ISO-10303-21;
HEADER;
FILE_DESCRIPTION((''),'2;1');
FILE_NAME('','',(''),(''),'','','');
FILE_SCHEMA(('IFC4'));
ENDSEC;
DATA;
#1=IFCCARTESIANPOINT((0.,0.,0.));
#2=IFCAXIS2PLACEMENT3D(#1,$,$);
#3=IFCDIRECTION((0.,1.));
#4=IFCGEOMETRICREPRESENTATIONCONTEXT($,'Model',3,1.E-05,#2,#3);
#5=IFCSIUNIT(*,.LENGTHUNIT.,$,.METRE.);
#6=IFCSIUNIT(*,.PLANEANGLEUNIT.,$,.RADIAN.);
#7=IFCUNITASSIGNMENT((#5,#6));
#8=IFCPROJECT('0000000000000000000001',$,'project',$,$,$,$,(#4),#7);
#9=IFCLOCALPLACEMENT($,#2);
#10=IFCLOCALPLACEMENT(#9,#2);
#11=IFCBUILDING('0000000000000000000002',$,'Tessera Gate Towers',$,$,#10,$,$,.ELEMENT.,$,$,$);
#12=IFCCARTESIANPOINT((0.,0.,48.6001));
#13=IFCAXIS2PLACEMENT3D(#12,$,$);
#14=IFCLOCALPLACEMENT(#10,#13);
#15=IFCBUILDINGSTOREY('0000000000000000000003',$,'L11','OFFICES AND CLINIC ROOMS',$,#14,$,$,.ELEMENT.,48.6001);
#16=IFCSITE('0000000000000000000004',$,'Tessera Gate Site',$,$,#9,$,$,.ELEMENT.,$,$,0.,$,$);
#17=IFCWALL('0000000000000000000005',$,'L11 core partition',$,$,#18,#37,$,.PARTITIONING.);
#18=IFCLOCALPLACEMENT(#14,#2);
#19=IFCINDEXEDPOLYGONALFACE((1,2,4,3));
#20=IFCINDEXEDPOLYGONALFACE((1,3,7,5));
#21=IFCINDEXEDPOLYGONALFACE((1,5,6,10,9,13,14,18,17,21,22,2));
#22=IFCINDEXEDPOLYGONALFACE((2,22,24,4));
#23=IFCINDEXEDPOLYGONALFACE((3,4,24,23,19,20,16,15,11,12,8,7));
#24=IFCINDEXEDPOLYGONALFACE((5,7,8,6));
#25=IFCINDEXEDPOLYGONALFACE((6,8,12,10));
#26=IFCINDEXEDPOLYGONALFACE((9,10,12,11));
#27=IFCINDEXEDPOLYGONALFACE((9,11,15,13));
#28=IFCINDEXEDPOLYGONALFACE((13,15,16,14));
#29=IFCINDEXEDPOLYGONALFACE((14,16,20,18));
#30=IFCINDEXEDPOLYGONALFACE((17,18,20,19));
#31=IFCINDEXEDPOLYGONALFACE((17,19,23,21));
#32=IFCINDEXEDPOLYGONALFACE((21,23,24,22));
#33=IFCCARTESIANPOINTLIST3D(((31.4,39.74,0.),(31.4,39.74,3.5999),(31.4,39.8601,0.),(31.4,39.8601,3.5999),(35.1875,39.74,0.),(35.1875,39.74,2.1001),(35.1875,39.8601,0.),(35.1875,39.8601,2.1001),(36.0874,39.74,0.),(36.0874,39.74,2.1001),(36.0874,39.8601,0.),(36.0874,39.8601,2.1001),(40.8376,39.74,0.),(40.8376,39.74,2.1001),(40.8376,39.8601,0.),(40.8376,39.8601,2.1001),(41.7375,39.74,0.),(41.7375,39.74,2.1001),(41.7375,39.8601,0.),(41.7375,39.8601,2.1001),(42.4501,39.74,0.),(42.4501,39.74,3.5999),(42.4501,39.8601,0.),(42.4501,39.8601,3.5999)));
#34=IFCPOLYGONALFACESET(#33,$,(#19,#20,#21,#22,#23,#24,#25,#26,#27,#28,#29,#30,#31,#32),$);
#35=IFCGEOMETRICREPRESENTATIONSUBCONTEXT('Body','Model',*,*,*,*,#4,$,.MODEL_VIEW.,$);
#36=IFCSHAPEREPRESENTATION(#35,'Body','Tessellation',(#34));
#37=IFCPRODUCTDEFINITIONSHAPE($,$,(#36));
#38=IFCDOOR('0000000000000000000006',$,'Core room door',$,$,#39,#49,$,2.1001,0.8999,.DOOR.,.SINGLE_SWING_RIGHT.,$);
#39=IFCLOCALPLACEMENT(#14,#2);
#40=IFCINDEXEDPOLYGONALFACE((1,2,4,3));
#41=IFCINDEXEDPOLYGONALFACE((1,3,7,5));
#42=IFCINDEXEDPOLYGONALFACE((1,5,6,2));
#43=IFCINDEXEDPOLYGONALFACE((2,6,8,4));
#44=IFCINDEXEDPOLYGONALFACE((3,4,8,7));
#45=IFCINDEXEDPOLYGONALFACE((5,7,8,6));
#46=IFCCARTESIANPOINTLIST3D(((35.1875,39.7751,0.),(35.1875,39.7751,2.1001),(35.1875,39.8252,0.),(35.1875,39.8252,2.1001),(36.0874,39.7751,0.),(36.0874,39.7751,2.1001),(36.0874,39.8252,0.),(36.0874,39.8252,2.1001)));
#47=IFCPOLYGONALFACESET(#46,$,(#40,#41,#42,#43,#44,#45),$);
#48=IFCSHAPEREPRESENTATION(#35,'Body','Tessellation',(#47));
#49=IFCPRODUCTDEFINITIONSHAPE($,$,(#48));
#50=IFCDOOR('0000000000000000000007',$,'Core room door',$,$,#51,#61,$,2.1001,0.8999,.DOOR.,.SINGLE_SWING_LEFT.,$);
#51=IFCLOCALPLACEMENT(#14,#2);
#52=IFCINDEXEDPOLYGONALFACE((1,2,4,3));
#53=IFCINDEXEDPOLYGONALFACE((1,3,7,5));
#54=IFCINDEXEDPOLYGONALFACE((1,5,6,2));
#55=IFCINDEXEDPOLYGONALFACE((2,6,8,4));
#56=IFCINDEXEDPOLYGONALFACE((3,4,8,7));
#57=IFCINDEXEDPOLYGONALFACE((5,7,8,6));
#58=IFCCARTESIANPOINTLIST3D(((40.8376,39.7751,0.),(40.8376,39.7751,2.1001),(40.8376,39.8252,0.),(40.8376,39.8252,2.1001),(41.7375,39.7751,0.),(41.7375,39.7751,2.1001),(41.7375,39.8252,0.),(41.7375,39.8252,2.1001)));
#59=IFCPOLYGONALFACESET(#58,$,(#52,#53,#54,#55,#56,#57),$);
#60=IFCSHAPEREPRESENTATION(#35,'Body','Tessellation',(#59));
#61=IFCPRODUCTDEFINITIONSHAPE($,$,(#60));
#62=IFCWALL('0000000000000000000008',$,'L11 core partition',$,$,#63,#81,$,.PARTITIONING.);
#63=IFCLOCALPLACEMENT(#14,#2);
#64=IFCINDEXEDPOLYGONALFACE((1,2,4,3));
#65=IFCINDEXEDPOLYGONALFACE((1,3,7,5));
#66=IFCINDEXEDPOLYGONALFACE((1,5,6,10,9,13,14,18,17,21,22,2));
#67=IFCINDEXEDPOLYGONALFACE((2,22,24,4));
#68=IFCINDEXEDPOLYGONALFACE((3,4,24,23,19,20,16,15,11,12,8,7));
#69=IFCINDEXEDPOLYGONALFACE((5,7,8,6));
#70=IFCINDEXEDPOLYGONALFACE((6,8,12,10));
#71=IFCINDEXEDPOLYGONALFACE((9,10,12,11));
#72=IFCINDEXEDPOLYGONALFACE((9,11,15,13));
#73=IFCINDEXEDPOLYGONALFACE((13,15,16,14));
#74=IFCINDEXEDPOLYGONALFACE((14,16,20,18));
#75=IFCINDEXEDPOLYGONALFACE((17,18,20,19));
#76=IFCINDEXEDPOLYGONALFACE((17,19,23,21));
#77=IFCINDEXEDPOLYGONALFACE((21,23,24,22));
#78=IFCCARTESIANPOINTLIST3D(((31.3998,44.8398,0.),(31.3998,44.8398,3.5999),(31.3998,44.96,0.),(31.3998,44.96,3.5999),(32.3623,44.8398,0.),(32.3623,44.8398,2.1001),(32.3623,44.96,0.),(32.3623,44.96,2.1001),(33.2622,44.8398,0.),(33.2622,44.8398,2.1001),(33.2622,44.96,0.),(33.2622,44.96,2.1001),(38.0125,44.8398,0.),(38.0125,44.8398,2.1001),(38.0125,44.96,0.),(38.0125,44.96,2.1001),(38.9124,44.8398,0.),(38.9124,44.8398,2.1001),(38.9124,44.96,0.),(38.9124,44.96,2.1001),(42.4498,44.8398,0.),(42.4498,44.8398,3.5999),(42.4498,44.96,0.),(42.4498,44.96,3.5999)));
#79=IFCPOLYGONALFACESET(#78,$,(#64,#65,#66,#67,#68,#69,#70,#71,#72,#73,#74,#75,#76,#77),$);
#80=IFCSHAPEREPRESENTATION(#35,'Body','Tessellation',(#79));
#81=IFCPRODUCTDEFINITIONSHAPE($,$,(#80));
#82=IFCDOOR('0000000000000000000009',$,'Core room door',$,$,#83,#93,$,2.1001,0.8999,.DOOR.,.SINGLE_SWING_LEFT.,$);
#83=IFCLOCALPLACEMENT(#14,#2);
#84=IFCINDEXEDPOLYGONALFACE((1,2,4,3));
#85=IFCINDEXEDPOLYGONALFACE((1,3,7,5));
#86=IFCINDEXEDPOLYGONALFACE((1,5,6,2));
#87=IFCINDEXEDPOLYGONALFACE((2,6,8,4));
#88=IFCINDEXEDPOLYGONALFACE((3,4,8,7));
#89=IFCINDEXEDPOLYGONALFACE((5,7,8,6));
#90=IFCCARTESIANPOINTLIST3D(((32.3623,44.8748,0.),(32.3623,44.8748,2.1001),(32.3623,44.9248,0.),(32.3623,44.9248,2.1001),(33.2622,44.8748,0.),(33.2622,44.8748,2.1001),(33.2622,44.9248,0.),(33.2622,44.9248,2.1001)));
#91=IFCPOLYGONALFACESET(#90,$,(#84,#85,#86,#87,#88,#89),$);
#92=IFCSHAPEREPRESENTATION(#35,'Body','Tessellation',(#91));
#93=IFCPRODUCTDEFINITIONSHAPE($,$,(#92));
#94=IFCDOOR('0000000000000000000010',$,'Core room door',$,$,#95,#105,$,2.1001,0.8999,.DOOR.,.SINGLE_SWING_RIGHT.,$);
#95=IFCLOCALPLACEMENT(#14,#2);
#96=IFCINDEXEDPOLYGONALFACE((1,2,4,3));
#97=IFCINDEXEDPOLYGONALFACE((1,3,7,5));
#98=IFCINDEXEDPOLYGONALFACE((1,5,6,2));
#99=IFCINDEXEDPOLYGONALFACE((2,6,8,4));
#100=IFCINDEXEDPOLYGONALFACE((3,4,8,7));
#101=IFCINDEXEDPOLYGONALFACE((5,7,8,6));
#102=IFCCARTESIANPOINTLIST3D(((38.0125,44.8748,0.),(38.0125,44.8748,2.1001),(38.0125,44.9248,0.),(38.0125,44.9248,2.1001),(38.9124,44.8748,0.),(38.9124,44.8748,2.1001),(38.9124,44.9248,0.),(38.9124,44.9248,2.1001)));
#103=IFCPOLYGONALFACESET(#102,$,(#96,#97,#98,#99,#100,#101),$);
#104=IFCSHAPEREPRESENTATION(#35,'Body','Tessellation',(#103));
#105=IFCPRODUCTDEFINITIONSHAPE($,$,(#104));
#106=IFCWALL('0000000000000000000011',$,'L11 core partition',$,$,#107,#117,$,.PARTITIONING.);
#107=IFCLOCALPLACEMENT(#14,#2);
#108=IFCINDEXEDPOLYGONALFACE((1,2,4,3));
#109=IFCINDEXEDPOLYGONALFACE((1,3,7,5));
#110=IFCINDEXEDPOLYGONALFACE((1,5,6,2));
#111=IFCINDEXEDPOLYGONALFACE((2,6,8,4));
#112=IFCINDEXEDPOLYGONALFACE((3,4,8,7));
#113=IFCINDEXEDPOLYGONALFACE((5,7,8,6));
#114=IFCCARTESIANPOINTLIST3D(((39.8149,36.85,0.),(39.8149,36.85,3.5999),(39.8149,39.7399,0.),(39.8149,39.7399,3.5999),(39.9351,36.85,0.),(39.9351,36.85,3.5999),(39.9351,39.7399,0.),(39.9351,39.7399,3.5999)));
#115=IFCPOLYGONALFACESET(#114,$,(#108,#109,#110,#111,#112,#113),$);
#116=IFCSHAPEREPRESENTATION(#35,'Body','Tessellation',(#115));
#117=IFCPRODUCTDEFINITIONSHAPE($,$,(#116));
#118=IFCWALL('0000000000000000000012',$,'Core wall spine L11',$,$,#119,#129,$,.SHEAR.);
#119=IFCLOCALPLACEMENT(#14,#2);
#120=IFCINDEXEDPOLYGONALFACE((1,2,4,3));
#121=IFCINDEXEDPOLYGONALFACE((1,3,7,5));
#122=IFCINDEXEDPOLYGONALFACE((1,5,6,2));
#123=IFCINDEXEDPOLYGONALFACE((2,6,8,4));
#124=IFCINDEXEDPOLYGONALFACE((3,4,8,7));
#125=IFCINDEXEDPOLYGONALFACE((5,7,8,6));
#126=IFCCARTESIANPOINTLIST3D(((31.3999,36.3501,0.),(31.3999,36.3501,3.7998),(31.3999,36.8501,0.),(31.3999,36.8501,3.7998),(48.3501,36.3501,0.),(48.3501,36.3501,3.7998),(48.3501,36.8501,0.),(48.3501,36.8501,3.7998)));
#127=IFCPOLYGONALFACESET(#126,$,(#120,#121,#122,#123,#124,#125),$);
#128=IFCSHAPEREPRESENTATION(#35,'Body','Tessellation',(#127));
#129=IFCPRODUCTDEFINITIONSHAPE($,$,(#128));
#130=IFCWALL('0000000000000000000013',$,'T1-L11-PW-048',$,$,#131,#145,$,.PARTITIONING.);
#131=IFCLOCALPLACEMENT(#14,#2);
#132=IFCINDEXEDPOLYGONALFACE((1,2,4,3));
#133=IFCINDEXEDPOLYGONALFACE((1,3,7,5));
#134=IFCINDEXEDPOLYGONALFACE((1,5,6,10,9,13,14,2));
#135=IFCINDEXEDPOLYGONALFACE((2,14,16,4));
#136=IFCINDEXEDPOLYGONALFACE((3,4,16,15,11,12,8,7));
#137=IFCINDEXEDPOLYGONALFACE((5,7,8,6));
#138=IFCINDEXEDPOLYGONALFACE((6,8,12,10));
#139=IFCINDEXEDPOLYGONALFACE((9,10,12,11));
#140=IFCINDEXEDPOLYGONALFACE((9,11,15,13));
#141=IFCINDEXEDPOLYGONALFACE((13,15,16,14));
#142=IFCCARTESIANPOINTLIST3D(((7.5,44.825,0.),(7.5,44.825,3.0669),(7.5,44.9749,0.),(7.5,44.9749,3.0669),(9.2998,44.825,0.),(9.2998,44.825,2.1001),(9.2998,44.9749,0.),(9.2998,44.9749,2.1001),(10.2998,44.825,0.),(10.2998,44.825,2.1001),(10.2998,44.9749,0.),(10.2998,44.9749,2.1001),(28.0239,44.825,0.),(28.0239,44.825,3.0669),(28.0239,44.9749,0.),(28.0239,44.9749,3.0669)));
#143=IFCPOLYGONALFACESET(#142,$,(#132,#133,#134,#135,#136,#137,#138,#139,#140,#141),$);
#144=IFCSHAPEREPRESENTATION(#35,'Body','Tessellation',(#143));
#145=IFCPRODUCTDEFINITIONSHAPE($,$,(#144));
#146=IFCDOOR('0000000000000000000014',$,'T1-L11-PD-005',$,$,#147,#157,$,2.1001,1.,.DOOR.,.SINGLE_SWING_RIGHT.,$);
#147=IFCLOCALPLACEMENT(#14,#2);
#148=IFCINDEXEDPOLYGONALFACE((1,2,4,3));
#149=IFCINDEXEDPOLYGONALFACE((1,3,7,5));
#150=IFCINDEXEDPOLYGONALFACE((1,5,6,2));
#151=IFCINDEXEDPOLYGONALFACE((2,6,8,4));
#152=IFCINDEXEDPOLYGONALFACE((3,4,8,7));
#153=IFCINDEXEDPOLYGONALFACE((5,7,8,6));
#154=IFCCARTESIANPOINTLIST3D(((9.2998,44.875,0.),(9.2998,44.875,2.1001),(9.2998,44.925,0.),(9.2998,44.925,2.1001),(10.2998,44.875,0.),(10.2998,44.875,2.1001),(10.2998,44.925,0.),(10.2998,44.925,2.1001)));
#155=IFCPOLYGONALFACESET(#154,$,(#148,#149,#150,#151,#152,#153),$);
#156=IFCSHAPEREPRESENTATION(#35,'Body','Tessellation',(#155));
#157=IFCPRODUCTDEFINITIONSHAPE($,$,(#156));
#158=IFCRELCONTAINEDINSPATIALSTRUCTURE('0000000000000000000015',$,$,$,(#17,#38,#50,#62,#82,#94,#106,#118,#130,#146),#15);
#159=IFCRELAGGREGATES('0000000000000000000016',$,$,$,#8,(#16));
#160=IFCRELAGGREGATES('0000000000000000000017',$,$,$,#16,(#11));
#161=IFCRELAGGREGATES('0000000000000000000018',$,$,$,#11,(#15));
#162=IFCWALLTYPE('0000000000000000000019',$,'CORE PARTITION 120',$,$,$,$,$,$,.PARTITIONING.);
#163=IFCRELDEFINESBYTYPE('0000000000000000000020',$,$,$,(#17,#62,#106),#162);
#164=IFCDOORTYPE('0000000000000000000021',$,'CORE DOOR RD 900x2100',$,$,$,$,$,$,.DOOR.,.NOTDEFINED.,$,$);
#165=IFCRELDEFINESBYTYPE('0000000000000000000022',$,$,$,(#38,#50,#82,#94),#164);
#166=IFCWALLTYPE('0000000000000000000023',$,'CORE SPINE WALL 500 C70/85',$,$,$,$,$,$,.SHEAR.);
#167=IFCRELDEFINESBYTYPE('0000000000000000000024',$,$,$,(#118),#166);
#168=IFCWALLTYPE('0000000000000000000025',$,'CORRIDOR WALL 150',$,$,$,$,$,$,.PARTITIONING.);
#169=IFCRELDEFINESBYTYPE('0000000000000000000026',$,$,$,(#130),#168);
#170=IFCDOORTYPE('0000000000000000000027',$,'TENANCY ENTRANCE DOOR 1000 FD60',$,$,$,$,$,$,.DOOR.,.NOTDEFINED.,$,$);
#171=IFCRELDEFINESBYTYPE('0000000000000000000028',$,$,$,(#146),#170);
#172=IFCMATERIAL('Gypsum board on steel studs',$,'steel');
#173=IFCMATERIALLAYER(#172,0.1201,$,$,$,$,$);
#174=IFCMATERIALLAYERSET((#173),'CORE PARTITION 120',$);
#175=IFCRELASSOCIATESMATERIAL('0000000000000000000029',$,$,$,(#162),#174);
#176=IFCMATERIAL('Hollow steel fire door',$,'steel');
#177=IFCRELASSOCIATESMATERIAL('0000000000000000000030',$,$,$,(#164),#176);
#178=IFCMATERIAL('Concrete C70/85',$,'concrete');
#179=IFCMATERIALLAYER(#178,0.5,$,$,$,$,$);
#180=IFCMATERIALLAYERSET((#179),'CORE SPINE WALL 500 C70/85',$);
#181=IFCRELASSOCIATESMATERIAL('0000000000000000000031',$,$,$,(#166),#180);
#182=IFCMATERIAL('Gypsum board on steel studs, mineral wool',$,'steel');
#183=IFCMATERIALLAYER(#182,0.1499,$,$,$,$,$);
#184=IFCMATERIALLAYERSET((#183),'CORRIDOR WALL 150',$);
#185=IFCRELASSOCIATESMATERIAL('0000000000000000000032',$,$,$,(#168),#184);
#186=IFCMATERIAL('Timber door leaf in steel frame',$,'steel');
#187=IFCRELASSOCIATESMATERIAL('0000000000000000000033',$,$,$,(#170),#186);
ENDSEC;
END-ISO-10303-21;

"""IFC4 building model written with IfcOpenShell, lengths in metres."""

from ifc_helpers import new_model, si_unit, direction, frame, frame_2d, origin, place, context, subcontext, project, spatial, rectangle, extrude, source, transform, mapped, material, layer, layer_set, type_object, element, fill, save


model = new_model("IFC4")

# Units and contexts
model_context = context("Model", 3, precision=1e-05, world=origin(), true_north=direction((0.0, 1.0)))
body_context = subcontext(model_context, "Body", "Model", "MODEL_VIEW")
ifc_project = project(units=[si_unit("LENGTHUNIT", "METRE"), si_unit("PLANEANGLEUNIT", "RADIAN")], contexts=[model_context])

# Site, building, storey
site_placement = place(None, origin())
site = spatial("IfcSite", under=ifc_project, at=site_placement, Name="Tessera Gate Site", CompositionType="ELEMENT", RefElevation=0.0)
building_placement = place(site_placement, origin())
building = spatial("IfcBuilding", under=site, at=building_placement, Name="Tessera Gate Towers", CompositionType="ELEMENT")
storey_placement = place(building_placement, frame((0.0, 0.0, 48.6001)))
storey = spatial("IfcBuildingStorey", under=building, at=storey_placement, Name="L11", Description="OFFICES AND CLINIC ROOMS", CompositionType="ELEMENT", Elevation=48.6001)

# Walls, openings, doors
ifc_material_1 = material(Name="Gypsum board on steel studs", Category="steel")
ifc_layer_1 = layer(ifc_material_1, 0.1201)
ifc_layer_set_1 = layer_set([ifc_layer_1], Name="CORE PARTITION 120")
wall_type_1 = type_object("IfcWallType", Name="CORE PARTITION 120", PredefinedType="PARTITIONING", material=ifc_layer_set_1)
wall_1_placement = place(storey_placement, frame((42.45, 39.8, 0.0), z_axis=(0.0, 0.0, 1.0), x_axis=(-1.0, 0.0, 0.0)))
wall_1 = element("IfcWall", 1, at=wall_1_placement, inside=storey, type_object=wall_type_1, Name="L11 core partition", PredefinedType="PARTITIONING", context=body_context, shape_type="SweptSolid", body=[
    extrude(rectangle(XDim=11.05, YDim=0.1201, at=frame_2d((5.5249, 0.0))), origin(), (0.0, 0.0, 1.0), 3.5999),
])
shared_shape_1 = source(origin(), body_context, "Body", "SweptSolid", [
    extrude(rectangle(XDim=0.8999, YDim=2.1001, at=frame_2d((0.45, 1.05))), frame((0.0, 0.0701, 0.0), z_axis=(0.0, -1.0, 0.0), x_axis=(1.0, 0.0, 0.0)), (0.0, 0.0, 1.0), 0.1401),
])
opening_1_placement = place(wall_1_placement, frame((6.3625, 0.0, 0.0)))
opening_1 = element("IfcOpeningElement", 2, at=opening_1_placement, cuts=wall_1, PredefinedType="OPENING", context=body_context, shape_type="MappedRepresentation", body=[
    mapped(shared_shape_1, transform((0.0, 0.0, 0.0), scale=1.0)),
])
opening_2_placement = place(wall_1_placement, frame((0.7124, 0.0, 0.0)))
opening_2 = element("IfcOpeningElement", 3, at=opening_2_placement, cuts=wall_1, PredefinedType="OPENING", context=body_context, shape_type="MappedRepresentation", body=[
    mapped(shared_shape_1, transform((0.0, 0.0, 0.0), scale=1.0)),
])
ifc_material_2 = material(Name="Hollow steel fire door", Category="steel")
door_type_1 = type_object("IfcDoorType", Name="CORE DOOR RD 900x2100", OperationType="NOTDEFINED", PredefinedType="DOOR", material=ifc_material_2)
shared_shape_2 = source(origin(), body_context, "Body", "SweptSolid", [
    extrude(rectangle(XDim=0.8999, YDim=2.1001, at=frame_2d((0.45, 1.05))), frame((0.0, 0.0249, 0.0), z_axis=(0.0, -1.0, 0.0), x_axis=(1.0, 0.0, 0.0)), (0.0, 0.0, 1.0), 0.05),
])
door_1_placement = place(opening_1_placement, origin())
door_1 = element("IfcDoor", 4, at=door_1_placement, inside=storey, type_object=door_type_1, Name="Core room door", OperationType="SINGLE_SWING_RIGHT", OverallHeight=2.1001, OverallWidth=0.8999, PredefinedType="DOOR", context=body_context, shape_type="MappedRepresentation", body=[
    mapped(shared_shape_2, transform((0.0, 0.0, 0.0), scale=1.0)),
])
fill(opening_1, door_1)
door_2_placement = place(opening_2_placement, origin())
door_2 = element("IfcDoor", 5, at=door_2_placement, inside=storey, type_object=door_type_1, Name="Core room door", OperationType="SINGLE_SWING_LEFT", OverallHeight=2.1001, OverallWidth=0.8999, PredefinedType="DOOR", context=body_context, shape_type="MappedRepresentation", body=[
    mapped(shared_shape_2, transform((0.0, 0.0, 0.0), scale=1.0)),
])
fill(opening_2, door_2)
wall_2_placement = place(storey_placement, frame((31.3999, 44.8999, 0.0), z_axis=(0.0, 0.0, 1.0), x_axis=(1.0, 0.0, 0.0)))
wall_2 = element("IfcWall", 6, at=wall_2_placement, inside=storey, type_object=wall_type_1, Name="L11 core partition", PredefinedType="PARTITIONING", context=body_context, shape_type="SweptSolid", body=[
    extrude(rectangle(XDim=11.05, YDim=0.1201, at=frame_2d((5.5249, 0.0))), origin(), (0.0, 0.0, 1.0), 3.5999),
])
opening_3_placement = place(wall_2_placement, frame((0.9624, 0.0, 0.0)))
opening_3 = element("IfcOpeningElement", 7, at=opening_3_placement, cuts=wall_2, PredefinedType="OPENING", context=body_context, shape_type="MappedRepresentation", body=[
    mapped(shared_shape_1, transform((0.0, 0.0, 0.0), scale=1.0)),
])
opening_4_placement = place(wall_2_placement, frame((6.6125, 0.0, 0.0)))
opening_4 = element("IfcOpeningElement", 8, at=opening_4_placement, cuts=wall_2, PredefinedType="OPENING", context=body_context, shape_type="MappedRepresentation", body=[
    mapped(shared_shape_1, transform((0.0, 0.0, 0.0), scale=1.0)),
])
door_3_placement = place(opening_3_placement, origin())
door_3 = element("IfcDoor", 9, at=door_3_placement, inside=storey, type_object=door_type_1, Name="Core room door", OperationType="SINGLE_SWING_LEFT", OverallHeight=2.1001, OverallWidth=0.8999, PredefinedType="DOOR", context=body_context, shape_type="MappedRepresentation", body=[
    mapped(shared_shape_2, transform((0.0, 0.0, 0.0), scale=1.0)),
])
fill(opening_3, door_3)
door_4_placement = place(opening_4_placement, origin())
door_4 = element("IfcDoor", 10, at=door_4_placement, inside=storey, type_object=door_type_1, Name="Core room door", OperationType="SINGLE_SWING_RIGHT", OverallHeight=2.1001, OverallWidth=0.8999, PredefinedType="DOOR", context=body_context, shape_type="MappedRepresentation", body=[
    mapped(shared_shape_2, transform((0.0, 0.0, 0.0), scale=1.0)),
])
fill(opening_4, door_4)

# Walls
wall_3_placement = place(storey_placement, frame((39.875, 36.8501, 0.0), z_axis=(0.0, 0.0, 1.0), x_axis=(0.0, 1.0, 0.0)))
element("IfcWall", 11, at=wall_3_placement, inside=storey, type_object=wall_type_1, Name="L11 core partition", PredefinedType="PARTITIONING", context=body_context, shape_type="SweptSolid", body=[
    extrude(rectangle(XDim=2.8899, YDim=0.1201, at=frame_2d((1.4448, 0.0))), origin(), (0.0, 0.0, 1.0), 3.5999),
])
ifc_material_3 = material(Name="Concrete C70/85", Category="concrete")
ifc_layer_2 = layer(ifc_material_3, 0.5)
ifc_layer_set_2 = layer_set([ifc_layer_2], Name="CORE SPINE WALL 500 C70/85")
wall_type_2 = type_object("IfcWallType", Name="CORE SPINE WALL 500 C70/85", PredefinedType="SHEAR", material=ifc_layer_set_2)
wall_4_placement = place(storey_placement, frame((31.3999, 36.6001, 0.0), z_axis=(0.0, 0.0, 1.0), x_axis=(1.0, 0.0, 0.0)))
element("IfcWall", 12, at=wall_4_placement, inside=storey, type_object=wall_type_2, Name="Core wall spine L11", PredefinedType="SHEAR", context=body_context, shape_type="SweptSolid", body=[
    extrude(rectangle(XDim=16.9502, YDim=0.5, at=frame_2d((8.4751, 0.0))), origin(), (0.0, 0.0, 1.0), 3.7998),
])

# Wall, opening, door
ifc_material_4 = material(Name="Gypsum board on steel studs, mineral wool", Category="steel")
ifc_layer_3 = layer(ifc_material_4, 0.1499)
ifc_layer_set_3 = layer_set([ifc_layer_3], Name="CORRIDOR WALL 150")
wall_type_3 = type_object("IfcWallType", Name="CORRIDOR WALL 150", PredefinedType="PARTITIONING", material=ifc_layer_set_3)
wall_5_placement = place(storey_placement, frame((28.0239, 44.8999, 0.0), z_axis=(0.0, 0.0, 1.0), x_axis=(-1.0, 0.0, 0.0)))
wall_5 = element("IfcWall", 13, at=wall_5_placement, inside=storey, type_object=wall_type_3, Name="T1-L11-PW-048", PredefinedType="PARTITIONING", context=body_context, shape_type="SweptSolid", body=[
    extrude(rectangle(XDim=20.5239, YDim=0.1499, at=frame_2d((10.262, 0.0))), origin(), (0.0, 0.0, 1.0), 3.0669),
])
shared_shape_3 = source(origin(), body_context, "Body", "SweptSolid", [
    extrude(rectangle(XDim=1.0, YDim=2.1001, at=frame_2d((0.5, 1.05))), frame((0.0, 0.085, 0.0), z_axis=(0.0, -1.0, 0.0), x_axis=(1.0, 0.0, 0.0)), (0.0, 0.0, 1.0), 0.1699),
])
opening_5_placement = place(wall_5_placement, frame((17.7241, 0.0, 0.0)))
opening_5 = element("IfcOpeningElement", 14, at=opening_5_placement, cuts=wall_5, PredefinedType="OPENING", context=body_context, shape_type="MappedRepresentation", body=[
    mapped(shared_shape_3, transform((0.0, 0.0, 0.0), scale=1.0)),
])
ifc_material_5 = material(Name="Timber door leaf in steel frame", Category="steel")
door_type_2 = type_object("IfcDoorType", Name="TENANCY ENTRANCE DOOR 1000 FD60", OperationType="NOTDEFINED", PredefinedType="DOOR", material=ifc_material_5)
shared_shape_4 = source(origin(), body_context, "Body", "SweptSolid", [
    extrude(rectangle(XDim=1.0, YDim=2.1001, at=frame_2d((0.5, 1.05))), frame((0.0, 0.0249, 0.0), z_axis=(0.0, -1.0, 0.0), x_axis=(1.0, 0.0, 0.0)), (0.0, 0.0, 1.0), 0.05),
])
door_5_placement = place(opening_5_placement, origin())
door_5 = element("IfcDoor", 15, at=door_5_placement, inside=storey, type_object=door_type_2, Name="T1-L11-PD-005", OperationType="SINGLE_SWING_RIGHT", OverallHeight=2.1001, OverallWidth=1.0, PredefinedType="DOOR", context=body_context, shape_type="MappedRepresentation", body=[
    mapped(shared_shape_4, transform((0.0, 0.0, 0.0), scale=1.0)),
])
fill(opening_5, door_5)

save(model, "model.ifc")
